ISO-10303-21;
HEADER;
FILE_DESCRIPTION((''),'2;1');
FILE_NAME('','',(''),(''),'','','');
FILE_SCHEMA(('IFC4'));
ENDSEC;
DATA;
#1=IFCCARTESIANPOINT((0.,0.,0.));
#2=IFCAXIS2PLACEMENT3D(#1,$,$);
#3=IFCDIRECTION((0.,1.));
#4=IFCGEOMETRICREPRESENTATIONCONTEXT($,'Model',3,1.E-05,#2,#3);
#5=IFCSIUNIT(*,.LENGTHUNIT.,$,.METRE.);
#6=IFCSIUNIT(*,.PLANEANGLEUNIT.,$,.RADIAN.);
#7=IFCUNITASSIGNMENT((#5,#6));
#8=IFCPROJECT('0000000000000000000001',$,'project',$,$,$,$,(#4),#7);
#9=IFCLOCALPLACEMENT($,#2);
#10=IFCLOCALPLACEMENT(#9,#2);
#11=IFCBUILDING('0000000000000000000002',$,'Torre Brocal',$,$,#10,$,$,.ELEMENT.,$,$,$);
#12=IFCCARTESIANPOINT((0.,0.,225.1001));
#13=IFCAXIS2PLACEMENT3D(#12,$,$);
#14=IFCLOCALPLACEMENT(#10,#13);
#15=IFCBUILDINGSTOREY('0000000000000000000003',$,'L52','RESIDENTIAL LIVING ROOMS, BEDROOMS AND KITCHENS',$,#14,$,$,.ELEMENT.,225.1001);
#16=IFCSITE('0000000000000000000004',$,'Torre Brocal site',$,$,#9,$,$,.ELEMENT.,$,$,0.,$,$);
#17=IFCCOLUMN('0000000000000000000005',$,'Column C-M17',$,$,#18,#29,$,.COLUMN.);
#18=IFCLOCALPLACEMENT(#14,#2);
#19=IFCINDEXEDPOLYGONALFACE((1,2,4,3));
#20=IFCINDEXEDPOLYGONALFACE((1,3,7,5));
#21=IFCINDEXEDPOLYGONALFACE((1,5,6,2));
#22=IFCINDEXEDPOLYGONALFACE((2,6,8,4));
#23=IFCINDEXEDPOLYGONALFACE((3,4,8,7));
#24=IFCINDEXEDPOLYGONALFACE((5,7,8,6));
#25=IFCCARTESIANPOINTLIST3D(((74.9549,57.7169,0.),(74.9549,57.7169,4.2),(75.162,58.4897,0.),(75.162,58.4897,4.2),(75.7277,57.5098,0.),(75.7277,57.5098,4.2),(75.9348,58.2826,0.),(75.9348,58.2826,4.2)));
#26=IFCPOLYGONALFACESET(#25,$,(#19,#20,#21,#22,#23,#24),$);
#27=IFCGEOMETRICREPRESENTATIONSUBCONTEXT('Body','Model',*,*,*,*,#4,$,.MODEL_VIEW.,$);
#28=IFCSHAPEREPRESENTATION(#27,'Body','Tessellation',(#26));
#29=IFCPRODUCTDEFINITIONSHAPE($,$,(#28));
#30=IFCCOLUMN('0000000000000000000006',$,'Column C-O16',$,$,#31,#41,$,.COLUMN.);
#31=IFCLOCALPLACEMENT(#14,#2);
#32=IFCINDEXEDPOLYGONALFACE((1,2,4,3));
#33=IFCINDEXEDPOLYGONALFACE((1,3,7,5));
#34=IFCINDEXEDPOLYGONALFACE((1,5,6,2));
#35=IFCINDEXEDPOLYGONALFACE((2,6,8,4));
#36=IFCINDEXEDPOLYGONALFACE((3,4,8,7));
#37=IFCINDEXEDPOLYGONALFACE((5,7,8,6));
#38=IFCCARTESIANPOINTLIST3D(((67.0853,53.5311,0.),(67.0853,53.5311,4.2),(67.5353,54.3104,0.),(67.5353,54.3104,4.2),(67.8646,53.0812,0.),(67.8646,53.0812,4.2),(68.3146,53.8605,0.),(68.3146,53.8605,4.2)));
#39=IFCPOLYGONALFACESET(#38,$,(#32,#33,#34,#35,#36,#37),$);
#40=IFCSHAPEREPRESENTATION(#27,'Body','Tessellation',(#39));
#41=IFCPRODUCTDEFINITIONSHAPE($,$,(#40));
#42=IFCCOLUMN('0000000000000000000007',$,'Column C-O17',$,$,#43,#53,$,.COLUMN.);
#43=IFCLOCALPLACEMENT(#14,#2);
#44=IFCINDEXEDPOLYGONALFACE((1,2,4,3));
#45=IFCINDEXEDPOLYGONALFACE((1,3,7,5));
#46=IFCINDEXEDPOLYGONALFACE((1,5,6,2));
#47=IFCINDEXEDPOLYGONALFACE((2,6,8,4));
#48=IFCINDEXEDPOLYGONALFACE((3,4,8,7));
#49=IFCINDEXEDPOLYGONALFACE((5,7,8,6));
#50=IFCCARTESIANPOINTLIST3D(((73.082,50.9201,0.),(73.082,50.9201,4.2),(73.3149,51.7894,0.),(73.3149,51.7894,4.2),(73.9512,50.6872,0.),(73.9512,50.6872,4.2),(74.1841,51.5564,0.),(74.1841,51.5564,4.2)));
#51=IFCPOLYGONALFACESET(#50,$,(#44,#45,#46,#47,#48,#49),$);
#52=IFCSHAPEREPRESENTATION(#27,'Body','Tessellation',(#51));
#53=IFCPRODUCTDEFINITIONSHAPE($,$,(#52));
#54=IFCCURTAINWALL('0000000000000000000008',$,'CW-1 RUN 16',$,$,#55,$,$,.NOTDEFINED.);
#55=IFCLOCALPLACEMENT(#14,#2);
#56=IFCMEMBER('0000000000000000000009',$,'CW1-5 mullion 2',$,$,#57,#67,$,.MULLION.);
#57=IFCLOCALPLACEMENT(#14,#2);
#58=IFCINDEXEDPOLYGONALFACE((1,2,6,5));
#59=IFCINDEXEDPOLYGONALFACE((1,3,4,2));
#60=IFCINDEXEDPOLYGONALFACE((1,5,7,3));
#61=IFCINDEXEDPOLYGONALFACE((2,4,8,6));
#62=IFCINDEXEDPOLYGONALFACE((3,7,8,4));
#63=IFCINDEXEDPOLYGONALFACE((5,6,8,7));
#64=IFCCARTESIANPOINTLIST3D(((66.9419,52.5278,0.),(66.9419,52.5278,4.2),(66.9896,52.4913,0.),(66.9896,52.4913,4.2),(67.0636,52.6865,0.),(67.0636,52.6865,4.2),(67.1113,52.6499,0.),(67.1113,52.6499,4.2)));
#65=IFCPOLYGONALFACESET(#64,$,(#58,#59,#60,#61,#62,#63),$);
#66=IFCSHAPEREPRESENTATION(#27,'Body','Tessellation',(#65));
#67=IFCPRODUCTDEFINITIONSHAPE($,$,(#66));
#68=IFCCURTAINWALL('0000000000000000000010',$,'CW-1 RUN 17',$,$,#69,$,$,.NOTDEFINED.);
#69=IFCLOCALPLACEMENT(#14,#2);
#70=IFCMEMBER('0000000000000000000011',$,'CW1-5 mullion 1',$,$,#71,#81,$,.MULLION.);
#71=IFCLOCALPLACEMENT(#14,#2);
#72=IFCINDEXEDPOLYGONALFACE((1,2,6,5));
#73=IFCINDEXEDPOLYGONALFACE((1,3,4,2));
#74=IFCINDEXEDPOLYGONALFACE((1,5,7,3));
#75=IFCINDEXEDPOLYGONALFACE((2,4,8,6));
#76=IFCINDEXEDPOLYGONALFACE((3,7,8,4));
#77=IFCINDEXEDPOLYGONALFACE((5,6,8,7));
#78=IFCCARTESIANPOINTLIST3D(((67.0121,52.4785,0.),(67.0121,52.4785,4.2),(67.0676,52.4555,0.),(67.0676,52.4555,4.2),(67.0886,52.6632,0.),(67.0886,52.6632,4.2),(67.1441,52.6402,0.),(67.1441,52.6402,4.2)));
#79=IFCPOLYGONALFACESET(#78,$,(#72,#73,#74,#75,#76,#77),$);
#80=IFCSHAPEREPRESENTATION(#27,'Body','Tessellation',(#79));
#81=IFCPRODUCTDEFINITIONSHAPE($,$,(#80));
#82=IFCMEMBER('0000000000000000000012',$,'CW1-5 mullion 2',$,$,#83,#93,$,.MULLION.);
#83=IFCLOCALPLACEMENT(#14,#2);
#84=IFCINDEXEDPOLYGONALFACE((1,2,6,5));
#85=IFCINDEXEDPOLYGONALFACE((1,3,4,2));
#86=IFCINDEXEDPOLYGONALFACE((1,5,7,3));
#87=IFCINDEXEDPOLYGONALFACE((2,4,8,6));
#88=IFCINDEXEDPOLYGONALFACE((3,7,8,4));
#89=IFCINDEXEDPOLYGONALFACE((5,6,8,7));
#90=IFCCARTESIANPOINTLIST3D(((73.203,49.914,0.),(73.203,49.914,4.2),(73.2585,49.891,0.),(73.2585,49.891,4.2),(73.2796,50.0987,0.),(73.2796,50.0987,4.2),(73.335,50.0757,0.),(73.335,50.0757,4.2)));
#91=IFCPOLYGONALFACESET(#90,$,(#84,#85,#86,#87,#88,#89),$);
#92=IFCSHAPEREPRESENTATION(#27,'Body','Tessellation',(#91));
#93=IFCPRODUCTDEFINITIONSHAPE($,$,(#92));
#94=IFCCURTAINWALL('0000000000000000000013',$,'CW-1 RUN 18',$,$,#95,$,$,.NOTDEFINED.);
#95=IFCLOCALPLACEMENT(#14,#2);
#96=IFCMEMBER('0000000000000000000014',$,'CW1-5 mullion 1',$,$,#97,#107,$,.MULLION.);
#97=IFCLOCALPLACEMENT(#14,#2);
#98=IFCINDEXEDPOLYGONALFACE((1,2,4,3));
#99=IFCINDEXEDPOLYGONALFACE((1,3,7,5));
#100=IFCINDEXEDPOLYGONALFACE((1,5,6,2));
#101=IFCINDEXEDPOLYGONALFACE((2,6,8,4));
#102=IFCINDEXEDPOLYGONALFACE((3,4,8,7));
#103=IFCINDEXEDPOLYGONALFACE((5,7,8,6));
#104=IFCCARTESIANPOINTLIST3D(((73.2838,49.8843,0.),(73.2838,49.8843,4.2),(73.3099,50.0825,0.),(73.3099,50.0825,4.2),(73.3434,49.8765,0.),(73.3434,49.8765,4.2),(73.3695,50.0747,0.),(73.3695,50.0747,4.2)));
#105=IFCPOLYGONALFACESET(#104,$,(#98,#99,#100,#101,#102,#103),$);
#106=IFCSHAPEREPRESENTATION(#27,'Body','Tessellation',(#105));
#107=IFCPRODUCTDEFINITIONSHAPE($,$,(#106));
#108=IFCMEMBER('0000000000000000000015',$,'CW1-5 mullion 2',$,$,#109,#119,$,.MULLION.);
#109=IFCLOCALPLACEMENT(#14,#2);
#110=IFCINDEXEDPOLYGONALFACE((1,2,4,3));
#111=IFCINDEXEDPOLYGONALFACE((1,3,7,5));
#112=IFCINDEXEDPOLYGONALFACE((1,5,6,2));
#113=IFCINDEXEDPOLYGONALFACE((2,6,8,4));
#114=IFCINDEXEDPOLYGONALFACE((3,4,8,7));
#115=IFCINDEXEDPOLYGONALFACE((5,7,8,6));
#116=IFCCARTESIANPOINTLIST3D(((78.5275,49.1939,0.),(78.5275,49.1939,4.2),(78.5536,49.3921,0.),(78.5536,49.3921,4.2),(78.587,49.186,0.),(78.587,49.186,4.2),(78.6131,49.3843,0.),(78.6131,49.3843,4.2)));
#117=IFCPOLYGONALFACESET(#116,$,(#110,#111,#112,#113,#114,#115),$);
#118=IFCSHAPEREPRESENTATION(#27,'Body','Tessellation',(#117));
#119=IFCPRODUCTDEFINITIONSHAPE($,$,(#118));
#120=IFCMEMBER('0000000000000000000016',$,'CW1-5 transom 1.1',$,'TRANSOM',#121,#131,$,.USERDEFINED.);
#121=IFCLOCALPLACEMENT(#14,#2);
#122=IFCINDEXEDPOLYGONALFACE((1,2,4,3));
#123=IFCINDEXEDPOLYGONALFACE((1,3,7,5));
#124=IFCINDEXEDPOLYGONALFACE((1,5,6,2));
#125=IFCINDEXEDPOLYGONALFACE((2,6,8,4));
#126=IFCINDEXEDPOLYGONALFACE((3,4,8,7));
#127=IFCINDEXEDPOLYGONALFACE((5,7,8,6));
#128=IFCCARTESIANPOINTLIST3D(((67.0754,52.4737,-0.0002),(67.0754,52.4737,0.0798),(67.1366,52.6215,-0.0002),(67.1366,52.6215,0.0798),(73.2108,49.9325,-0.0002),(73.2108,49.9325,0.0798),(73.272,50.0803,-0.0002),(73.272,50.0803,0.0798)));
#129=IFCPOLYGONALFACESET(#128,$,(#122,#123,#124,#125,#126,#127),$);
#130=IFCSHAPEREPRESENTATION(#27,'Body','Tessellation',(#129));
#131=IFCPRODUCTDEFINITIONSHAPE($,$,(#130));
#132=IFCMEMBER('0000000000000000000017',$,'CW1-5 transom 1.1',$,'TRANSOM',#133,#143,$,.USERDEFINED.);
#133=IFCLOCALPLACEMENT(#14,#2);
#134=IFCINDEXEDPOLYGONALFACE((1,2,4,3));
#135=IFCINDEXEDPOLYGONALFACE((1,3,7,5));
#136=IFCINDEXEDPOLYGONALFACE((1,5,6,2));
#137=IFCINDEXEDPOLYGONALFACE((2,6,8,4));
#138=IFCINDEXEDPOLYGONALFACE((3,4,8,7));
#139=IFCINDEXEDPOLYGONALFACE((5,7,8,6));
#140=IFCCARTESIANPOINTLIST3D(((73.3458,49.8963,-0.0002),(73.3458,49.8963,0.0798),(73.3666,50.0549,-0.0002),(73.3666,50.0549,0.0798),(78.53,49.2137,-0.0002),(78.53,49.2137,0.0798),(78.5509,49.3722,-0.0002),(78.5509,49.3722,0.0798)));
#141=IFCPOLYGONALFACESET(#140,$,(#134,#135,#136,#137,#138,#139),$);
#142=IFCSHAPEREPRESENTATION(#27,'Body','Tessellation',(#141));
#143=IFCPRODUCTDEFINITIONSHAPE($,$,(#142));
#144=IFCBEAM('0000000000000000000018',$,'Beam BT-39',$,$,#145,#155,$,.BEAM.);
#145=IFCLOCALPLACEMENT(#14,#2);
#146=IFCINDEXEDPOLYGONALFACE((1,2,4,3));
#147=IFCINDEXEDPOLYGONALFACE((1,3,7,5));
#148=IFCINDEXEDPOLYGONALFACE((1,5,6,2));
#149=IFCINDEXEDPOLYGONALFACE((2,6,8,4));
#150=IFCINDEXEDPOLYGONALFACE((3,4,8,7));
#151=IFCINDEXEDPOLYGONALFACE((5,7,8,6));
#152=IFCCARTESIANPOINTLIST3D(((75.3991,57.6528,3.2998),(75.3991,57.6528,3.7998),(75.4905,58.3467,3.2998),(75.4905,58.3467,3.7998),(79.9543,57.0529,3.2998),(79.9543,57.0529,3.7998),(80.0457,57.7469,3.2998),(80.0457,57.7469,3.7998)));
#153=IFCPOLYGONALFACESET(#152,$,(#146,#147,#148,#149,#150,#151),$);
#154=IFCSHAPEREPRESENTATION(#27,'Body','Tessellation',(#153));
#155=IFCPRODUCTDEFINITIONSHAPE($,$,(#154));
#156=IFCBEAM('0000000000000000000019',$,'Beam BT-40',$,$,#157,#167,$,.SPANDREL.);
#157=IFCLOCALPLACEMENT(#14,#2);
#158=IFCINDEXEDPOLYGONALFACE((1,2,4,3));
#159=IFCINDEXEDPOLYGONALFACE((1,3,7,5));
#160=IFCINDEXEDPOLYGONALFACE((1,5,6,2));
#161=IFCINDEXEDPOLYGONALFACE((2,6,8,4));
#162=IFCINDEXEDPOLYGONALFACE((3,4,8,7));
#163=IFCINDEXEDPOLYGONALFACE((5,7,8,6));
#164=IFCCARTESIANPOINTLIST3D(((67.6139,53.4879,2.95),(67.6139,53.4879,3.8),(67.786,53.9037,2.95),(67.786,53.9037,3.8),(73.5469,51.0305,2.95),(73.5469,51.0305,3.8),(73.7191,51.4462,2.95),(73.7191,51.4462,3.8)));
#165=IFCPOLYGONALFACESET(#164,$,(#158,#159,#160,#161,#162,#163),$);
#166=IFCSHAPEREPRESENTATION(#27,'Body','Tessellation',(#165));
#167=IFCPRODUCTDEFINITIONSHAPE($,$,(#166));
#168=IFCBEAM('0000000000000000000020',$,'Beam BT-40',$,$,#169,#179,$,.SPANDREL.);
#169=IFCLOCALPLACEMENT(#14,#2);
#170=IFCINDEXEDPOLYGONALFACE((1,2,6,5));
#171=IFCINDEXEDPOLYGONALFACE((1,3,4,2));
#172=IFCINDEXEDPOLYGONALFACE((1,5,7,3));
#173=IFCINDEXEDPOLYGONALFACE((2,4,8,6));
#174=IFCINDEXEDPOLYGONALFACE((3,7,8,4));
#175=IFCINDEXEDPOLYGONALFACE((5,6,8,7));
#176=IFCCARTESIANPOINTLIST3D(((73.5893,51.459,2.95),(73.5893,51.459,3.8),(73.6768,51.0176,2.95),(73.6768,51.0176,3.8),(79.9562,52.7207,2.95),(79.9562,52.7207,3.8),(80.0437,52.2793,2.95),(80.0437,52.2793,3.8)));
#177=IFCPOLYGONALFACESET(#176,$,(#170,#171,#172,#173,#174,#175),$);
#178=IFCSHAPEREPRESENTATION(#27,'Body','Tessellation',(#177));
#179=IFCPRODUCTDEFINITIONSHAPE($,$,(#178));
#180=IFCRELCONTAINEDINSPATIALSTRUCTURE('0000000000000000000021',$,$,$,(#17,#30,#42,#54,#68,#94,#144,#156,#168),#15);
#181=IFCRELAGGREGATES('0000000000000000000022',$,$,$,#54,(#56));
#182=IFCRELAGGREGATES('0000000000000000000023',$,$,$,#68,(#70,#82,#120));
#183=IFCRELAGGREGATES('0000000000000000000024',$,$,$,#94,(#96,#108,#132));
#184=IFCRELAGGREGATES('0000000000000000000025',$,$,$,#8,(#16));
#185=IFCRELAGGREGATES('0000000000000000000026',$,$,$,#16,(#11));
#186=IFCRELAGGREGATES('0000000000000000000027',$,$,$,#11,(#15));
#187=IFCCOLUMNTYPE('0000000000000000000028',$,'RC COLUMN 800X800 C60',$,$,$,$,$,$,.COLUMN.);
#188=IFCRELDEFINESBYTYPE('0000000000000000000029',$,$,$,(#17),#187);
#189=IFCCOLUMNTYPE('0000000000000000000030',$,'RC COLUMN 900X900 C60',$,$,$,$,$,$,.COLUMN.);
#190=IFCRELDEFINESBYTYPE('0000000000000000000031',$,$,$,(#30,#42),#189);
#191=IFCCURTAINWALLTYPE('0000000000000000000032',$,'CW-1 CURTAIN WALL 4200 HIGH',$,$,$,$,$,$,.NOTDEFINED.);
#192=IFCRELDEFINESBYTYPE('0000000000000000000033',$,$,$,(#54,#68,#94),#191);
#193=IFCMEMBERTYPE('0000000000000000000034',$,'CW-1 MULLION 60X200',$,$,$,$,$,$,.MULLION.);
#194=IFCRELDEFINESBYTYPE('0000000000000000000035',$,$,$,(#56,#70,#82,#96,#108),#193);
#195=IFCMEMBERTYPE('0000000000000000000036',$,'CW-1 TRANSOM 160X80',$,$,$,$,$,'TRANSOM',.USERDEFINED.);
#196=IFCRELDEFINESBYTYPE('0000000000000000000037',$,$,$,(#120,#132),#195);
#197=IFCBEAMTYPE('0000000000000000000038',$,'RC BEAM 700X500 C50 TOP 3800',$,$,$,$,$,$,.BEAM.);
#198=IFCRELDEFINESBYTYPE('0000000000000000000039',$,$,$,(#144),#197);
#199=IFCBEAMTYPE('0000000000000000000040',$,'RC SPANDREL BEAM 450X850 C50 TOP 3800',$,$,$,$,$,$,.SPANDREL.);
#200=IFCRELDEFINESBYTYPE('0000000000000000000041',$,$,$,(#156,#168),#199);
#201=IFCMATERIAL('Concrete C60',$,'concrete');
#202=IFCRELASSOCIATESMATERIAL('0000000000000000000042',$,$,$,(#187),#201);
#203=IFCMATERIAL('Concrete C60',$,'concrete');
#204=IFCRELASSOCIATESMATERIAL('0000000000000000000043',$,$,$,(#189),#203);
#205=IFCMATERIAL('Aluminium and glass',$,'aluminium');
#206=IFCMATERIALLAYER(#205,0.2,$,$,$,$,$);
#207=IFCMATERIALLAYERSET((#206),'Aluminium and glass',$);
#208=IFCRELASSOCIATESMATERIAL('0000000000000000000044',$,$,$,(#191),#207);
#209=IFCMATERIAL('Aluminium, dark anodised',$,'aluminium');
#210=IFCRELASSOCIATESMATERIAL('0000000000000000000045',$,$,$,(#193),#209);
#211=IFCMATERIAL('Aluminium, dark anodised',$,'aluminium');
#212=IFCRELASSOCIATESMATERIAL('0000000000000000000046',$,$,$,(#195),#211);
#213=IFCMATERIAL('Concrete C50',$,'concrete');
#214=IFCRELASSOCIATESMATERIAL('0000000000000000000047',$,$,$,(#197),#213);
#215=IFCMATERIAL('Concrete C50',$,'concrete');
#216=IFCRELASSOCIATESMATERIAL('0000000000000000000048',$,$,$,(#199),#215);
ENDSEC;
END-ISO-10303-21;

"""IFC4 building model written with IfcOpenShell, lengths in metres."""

from ifc_helpers import new_model, si_unit, direction, frame, origin, origin_2d, place, context, subcontext, project, spatial, rectangle, extrude, material, layer, layer_set, material_profile, profile_set, type_object, element, aggregate, save


model = new_model("IFC4")

# Units and contexts
model_context = context("Model", 3, precision=1e-05, world=origin(), true_north=direction((0.0, 1.0)))
body_context = subcontext(model_context, "Body", "Model", "MODEL_VIEW")
ifc_project = project(units=[si_unit("LENGTHUNIT", "METRE"), si_unit("PLANEANGLEUNIT", "RADIAN")], contexts=[model_context])

# Site, building, storey
site_placement = place(None, origin())
site = spatial("IfcSite", under=ifc_project, at=site_placement, Name="Torre Brocal site", CompositionType="ELEMENT", RefElevation=0.0)
building_placement = place(site_placement, origin())
building = spatial("IfcBuilding", under=site, at=building_placement, Name="Torre Brocal", CompositionType="ELEMENT")
storey_placement = place(building_placement, frame((0.0, 0.0, 225.1001)))
storey = spatial("IfcBuildingStorey", under=building, at=storey_placement, Name="L52", Description="RESIDENTIAL LIVING ROOMS, BEDROOMS AND KITCHENS", CompositionType="ELEMENT", Elevation=225.1001)

# Columns
ifc_material_1 = material(Name="Concrete C60", Category="concrete")
ifc_material_profile_1 = material_profile(ifc_material_1, rectangle(XDim=0.8, YDim=0.8, at=origin_2d()), Name="RC 800X800")
ifc_profile_set_1 = profile_set([ifc_material_profile_1], Name="Concrete C60")
column_type_1 = type_object("IfcColumnType", Name="RC COLUMN 800X800 C60", PredefinedType="COLUMN", material=ifc_profile_set_1)
column_placement = place(storey_placement, frame((75.4448, 57.9998, 0.0), z_axis=(0.0, 0.0, 1.0), x_axis=(-0.258819, -0.965926, 0.0)))
element("IfcColumn", 1, at=column_placement, inside=storey, type_object=column_type_1, Name="Column C-M17", PredefinedType="COLUMN", context=body_context, shape_type="SweptSolid", body=[
    extrude(rectangle(XDim=0.8, YDim=0.8, at=origin_2d()), origin(), (0.0, 0.0, 1.0), 4.2),
])
ifc_material_2 = material(Name="Concrete C60", Category="concrete")
ifc_material_profile_2 = material_profile(ifc_material_2, rectangle(XDim=0.8999, YDim=0.8999, at=origin_2d()), Name="RC 900X900")
ifc_profile_set_2 = profile_set([ifc_material_profile_2], Name="Concrete C60")
column_type_2 = type_object("IfcColumnType", Name="RC COLUMN 900X900 C60", PredefinedType="COLUMN", material=ifc_profile_set_2)
for number, where, z_axis, x_axis, name in (
    (2, (67.7, 53.6958, 0.0), (0.0, 0.0, 1.0), (-0.5, -0.866025, 0.0), "Column C-O16"),
    (3, (73.6331, 51.2383, 0.0), (0.0, 0.0, 1.0), (-0.258819, -0.965926, 0.0), "Column C-O17"),
):
    element("IfcColumn", number, at=place(storey_placement, frame(where, z_axis=z_axis, x_axis=x_axis)), inside=storey, type_object=column_type_2, Name=name, PredefinedType="COLUMN", context=body_context, shape_type="SweptSolid", body=[
        extrude(rectangle(XDim=0.8999, YDim=0.8999, at=origin_2d()), origin(), (0.0, 0.0, 1.0), 4.2),
    ])

# Curtain wall, member
ifc_material_3 = material(Name="Aluminium and glass", Category="aluminium")
ifc_layer_1 = layer(ifc_material_3, 0.2)
ifc_layer_set_1 = layer_set([ifc_layer_1], Name="Aluminium and glass")
curtain_wall_type = type_object("IfcCurtainWallType", Name="CW-1 CURTAIN WALL 4200 HIGH", PredefinedType="NOTDEFINED", material=ifc_layer_set_1)
curtain_wall_1_placement = place(storey_placement, origin())
curtain_wall_1 = element("IfcCurtainWall", 4, at=curtain_wall_1_placement, inside=storey, type_object=curtain_wall_type, Name="CW-1 RUN 16", PredefinedType="NOTDEFINED")
ifc_material_4 = material(Name="Aluminium, dark anodised", Category="aluminium")
ifc_material_profile_3 = material_profile(ifc_material_4, rectangle(XDim=0.2, YDim=0.0601, at=origin_2d()), Name="CW-1 MULLION 60X200")
ifc_profile_set_3 = profile_set([ifc_material_profile_3], Name="Aluminium, dark anodised")
member_type_1 = type_object("IfcMemberType", Name="CW-1 MULLION 60X200", PredefinedType="MULLION", material=ifc_profile_set_3)
member_1_placement = place(storey_placement, frame((67.0266, 52.5889, 0.0), z_axis=(0.0, 0.0, 1.0), x_axis=(0.608761, 0.793353, 0.0)))
member_1 = element("IfcMember", 5, at=member_1_placement, type_object=member_type_1, Name="CW1-5 mullion 2", PredefinedType="MULLION", context=body_context, shape_type="SweptSolid", body=[
    extrude(rectangle(XDim=0.2, YDim=0.0601, at=origin_2d()), origin(), (0.0, 0.0, 1.0), 4.2),
])
aggregate(curtain_wall_1, [member_1])

# Curtain walls, members
curtain_wall_2_placement = place(storey_placement, origin())
curtain_wall_2 = element("IfcCurtainWall", 6, at=curtain_wall_2_placement, inside=storey, type_object=curtain_wall_type, Name="CW-1 RUN 17", PredefinedType="NOTDEFINED")
member_2_placement = place(storey_placement, frame((67.0781, 52.5593, 0.0), z_axis=(0.0, 0.0, 1.0), x_axis=(0.382683, 0.92388, 0.0)))
member_2 = element("IfcMember", 7, at=member_2_placement, type_object=member_type_1, Name="CW1-5 mullion 1", PredefinedType="MULLION", context=body_context, shape_type="SweptSolid", body=[
    extrude(rectangle(XDim=0.2, YDim=0.0601, at=origin_2d()), origin(), (0.0, 0.0, 1.0), 4.2),
])
member_3_placement = place(storey_placement, frame((73.269, 49.9949, 0.0), z_axis=(0.0, 0.0, 1.0), x_axis=(0.382683, 0.92388, 0.0)))
member_3 = element("IfcMember", 8, at=member_3_placement, type_object=member_type_1, Name="CW1-5 mullion 2", PredefinedType="MULLION", context=body_context, shape_type="SweptSolid", body=[
    extrude(rectangle(XDim=0.2, YDim=0.0601, at=origin_2d()), origin(), (0.0, 0.0, 1.0), 4.2),
])
curtain_wall_3_placement = place(storey_placement, origin())
curtain_wall_3 = element("IfcCurtainWall", 9, at=curtain_wall_3_placement, inside=storey, type_object=curtain_wall_type, Name="CW-1 RUN 18", PredefinedType="NOTDEFINED")
member_4_placement = place(storey_placement, frame((73.3267, 49.9795, 0.0), z_axis=(0.0, 0.0, 1.0), x_axis=(0.130526, 0.991445, 0.0)))
member_4 = element("IfcMember", 10, at=member_4_placement, type_object=member_type_1, Name="CW1-5 mullion 1", PredefinedType="MULLION", context=body_context, shape_type="SweptSolid", body=[
    extrude(rectangle(XDim=0.2, YDim=0.0601, at=origin_2d()), origin(), (0.0, 0.0, 1.0), 4.2),
])
member_5_placement = place(storey_placement, frame((78.5703, 49.2891, 0.0), z_axis=(0.0, 0.0, 1.0), x_axis=(0.130526, 0.991445, 0.0)))
member_5 = element("IfcMember", 11, at=member_5_placement, type_object=member_type_1, Name="CW1-5 mullion 2", PredefinedType="MULLION", context=body_context, shape_type="SweptSolid", body=[
    extrude(rectangle(XDim=0.2, YDim=0.0601, at=origin_2d()), origin(), (0.0, 0.0, 1.0), 4.2),
])

# Members
ifc_material_5 = material(Name="Aluminium, dark anodised", Category="aluminium")
ifc_material_profile_4 = material_profile(ifc_material_5, rectangle(XDim=0.1599, YDim=0.0801, at=origin_2d()), Name="CW-1 TRANSOM 160X80")
ifc_profile_set_4 = profile_set([ifc_material_profile_4], Name="Aluminium, dark anodised")
member_type_2 = type_object("IfcMemberType", Name="CW-1 TRANSOM 160X80", ElementType="TRANSOM", PredefinedType="USERDEFINED", material=ifc_profile_set_4)
member_6_placement = place(storey_placement, frame((67.106, 52.5476, 0.0398), z_axis=(0.923887, -0.382665, 0.0), x_axis=(0.382665, 0.923887, 0.0)))
member_6 = element("IfcMember", 12, at=member_6_placement, type_object=member_type_2, Name="CW1-5 transom 1.1", ObjectType="TRANSOM", PredefinedType="USERDEFINED", context=body_context, shape_type="SweptSolid", body=[
    extrude(rectangle(XDim=0.1599, YDim=0.0801, at=origin_2d()), origin(), (0.0, 0.0, 1.0), 6.6409),
])
member_7_placement = place(storey_placement, frame((73.3562, 49.9756, 0.0398), z_axis=(0.991443, -0.130543, 0.0), x_axis=(0.130543, 0.991443, 0.0)))
member_7 = element("IfcMember", 13, at=member_7_placement, type_object=member_type_2, Name="CW1-5 transom 1.1", ObjectType="TRANSOM", PredefinedType="USERDEFINED", context=body_context, shape_type="SweptSolid", body=[
    extrude(rectangle(XDim=0.1599, YDim=0.0801, at=origin_2d()), origin(), (0.0, 0.0, 1.0), 5.229),
])

# Beams
ifc_material_6 = material(Name="Concrete C50", Category="concrete")
ifc_material_profile_5 = material_profile(ifc_material_6, rectangle(XDim=0.7, YDim=0.5, at=origin_2d()), Name="RC 700X500")
ifc_profile_set_5 = profile_set([ifc_material_profile_5], Name="Concrete C50")
beam_type_1 = type_object("IfcBeamType", Name="RC BEAM 700X500 C50 TOP 3800", PredefinedType="BEAM", material=ifc_profile_set_5)
beam_1_placement = place(storey_placement, frame((75.4448, 57.9998, 3.5498), z_axis=(0.991441, -0.130559, 0.0), x_axis=(0.130559, 0.991441, 0.0)))
element("IfcBeam", 14, at=beam_1_placement, inside=storey, type_object=beam_type_1, Name="Beam BT-39", PredefinedType="BEAM", context=body_context, shape_type="SweptSolid", body=[
    extrude(rectangle(XDim=0.7, YDim=0.5, at=origin_2d()), origin(), (0.0, 0.0, 1.0), 4.5945),
])
ifc_material_7 = material(Name="Concrete C50", Category="concrete")
ifc_material_profile_6 = material_profile(ifc_material_7, rectangle(XDim=0.45, YDim=0.8501, at=origin_2d()), Name="RC 450X850")
ifc_profile_set_6 = profile_set([ifc_material_profile_6], Name="Concrete C50")
beam_type_2 = type_object("IfcBeamType", Name="RC SPANDREL BEAM 450X850 C50 TOP 3800", PredefinedType="SPANDREL", material=ifc_profile_set_6)
beam_2_placement = place(storey_placement, frame((67.7, 53.6958, 3.375), z_axis=(0.923882, -0.382676, 0.0), x_axis=(0.382676, 0.923882, 0.0)))
element("IfcBeam", 15, at=beam_2_placement, inside=storey, type_object=beam_type_2, Name="Beam BT-40", PredefinedType="SPANDREL", context=body_context, shape_type="SweptSolid", body=[
    extrude(rectangle(XDim=0.45, YDim=0.8501, at=origin_2d()), origin(), (0.0, 0.0, 1.0), 6.4219),
])
beam_3_placement = place(storey_placement, frame((73.6331, 51.2383, 3.375), z_axis=(0.980925, 0.194387, 0.0), x_axis=(-0.194387, 0.980925, 0.0)))
element("IfcBeam", 16, at=beam_3_placement, inside=storey, type_object=beam_type_2, Name="Beam BT-40", PredefinedType="SPANDREL", context=body_context, shape_type="SweptSolid", body=[
    extrude(rectangle(XDim=0.45, YDim=0.8501, at=origin_2d()), origin(), (0.0, 0.0, 1.0), 6.4907),
])

aggregate(curtain_wall_2, [member_2, member_3, member_6])
aggregate(curtain_wall_3, [member_4, member_5, member_7])

save(model, "model.ifc")
